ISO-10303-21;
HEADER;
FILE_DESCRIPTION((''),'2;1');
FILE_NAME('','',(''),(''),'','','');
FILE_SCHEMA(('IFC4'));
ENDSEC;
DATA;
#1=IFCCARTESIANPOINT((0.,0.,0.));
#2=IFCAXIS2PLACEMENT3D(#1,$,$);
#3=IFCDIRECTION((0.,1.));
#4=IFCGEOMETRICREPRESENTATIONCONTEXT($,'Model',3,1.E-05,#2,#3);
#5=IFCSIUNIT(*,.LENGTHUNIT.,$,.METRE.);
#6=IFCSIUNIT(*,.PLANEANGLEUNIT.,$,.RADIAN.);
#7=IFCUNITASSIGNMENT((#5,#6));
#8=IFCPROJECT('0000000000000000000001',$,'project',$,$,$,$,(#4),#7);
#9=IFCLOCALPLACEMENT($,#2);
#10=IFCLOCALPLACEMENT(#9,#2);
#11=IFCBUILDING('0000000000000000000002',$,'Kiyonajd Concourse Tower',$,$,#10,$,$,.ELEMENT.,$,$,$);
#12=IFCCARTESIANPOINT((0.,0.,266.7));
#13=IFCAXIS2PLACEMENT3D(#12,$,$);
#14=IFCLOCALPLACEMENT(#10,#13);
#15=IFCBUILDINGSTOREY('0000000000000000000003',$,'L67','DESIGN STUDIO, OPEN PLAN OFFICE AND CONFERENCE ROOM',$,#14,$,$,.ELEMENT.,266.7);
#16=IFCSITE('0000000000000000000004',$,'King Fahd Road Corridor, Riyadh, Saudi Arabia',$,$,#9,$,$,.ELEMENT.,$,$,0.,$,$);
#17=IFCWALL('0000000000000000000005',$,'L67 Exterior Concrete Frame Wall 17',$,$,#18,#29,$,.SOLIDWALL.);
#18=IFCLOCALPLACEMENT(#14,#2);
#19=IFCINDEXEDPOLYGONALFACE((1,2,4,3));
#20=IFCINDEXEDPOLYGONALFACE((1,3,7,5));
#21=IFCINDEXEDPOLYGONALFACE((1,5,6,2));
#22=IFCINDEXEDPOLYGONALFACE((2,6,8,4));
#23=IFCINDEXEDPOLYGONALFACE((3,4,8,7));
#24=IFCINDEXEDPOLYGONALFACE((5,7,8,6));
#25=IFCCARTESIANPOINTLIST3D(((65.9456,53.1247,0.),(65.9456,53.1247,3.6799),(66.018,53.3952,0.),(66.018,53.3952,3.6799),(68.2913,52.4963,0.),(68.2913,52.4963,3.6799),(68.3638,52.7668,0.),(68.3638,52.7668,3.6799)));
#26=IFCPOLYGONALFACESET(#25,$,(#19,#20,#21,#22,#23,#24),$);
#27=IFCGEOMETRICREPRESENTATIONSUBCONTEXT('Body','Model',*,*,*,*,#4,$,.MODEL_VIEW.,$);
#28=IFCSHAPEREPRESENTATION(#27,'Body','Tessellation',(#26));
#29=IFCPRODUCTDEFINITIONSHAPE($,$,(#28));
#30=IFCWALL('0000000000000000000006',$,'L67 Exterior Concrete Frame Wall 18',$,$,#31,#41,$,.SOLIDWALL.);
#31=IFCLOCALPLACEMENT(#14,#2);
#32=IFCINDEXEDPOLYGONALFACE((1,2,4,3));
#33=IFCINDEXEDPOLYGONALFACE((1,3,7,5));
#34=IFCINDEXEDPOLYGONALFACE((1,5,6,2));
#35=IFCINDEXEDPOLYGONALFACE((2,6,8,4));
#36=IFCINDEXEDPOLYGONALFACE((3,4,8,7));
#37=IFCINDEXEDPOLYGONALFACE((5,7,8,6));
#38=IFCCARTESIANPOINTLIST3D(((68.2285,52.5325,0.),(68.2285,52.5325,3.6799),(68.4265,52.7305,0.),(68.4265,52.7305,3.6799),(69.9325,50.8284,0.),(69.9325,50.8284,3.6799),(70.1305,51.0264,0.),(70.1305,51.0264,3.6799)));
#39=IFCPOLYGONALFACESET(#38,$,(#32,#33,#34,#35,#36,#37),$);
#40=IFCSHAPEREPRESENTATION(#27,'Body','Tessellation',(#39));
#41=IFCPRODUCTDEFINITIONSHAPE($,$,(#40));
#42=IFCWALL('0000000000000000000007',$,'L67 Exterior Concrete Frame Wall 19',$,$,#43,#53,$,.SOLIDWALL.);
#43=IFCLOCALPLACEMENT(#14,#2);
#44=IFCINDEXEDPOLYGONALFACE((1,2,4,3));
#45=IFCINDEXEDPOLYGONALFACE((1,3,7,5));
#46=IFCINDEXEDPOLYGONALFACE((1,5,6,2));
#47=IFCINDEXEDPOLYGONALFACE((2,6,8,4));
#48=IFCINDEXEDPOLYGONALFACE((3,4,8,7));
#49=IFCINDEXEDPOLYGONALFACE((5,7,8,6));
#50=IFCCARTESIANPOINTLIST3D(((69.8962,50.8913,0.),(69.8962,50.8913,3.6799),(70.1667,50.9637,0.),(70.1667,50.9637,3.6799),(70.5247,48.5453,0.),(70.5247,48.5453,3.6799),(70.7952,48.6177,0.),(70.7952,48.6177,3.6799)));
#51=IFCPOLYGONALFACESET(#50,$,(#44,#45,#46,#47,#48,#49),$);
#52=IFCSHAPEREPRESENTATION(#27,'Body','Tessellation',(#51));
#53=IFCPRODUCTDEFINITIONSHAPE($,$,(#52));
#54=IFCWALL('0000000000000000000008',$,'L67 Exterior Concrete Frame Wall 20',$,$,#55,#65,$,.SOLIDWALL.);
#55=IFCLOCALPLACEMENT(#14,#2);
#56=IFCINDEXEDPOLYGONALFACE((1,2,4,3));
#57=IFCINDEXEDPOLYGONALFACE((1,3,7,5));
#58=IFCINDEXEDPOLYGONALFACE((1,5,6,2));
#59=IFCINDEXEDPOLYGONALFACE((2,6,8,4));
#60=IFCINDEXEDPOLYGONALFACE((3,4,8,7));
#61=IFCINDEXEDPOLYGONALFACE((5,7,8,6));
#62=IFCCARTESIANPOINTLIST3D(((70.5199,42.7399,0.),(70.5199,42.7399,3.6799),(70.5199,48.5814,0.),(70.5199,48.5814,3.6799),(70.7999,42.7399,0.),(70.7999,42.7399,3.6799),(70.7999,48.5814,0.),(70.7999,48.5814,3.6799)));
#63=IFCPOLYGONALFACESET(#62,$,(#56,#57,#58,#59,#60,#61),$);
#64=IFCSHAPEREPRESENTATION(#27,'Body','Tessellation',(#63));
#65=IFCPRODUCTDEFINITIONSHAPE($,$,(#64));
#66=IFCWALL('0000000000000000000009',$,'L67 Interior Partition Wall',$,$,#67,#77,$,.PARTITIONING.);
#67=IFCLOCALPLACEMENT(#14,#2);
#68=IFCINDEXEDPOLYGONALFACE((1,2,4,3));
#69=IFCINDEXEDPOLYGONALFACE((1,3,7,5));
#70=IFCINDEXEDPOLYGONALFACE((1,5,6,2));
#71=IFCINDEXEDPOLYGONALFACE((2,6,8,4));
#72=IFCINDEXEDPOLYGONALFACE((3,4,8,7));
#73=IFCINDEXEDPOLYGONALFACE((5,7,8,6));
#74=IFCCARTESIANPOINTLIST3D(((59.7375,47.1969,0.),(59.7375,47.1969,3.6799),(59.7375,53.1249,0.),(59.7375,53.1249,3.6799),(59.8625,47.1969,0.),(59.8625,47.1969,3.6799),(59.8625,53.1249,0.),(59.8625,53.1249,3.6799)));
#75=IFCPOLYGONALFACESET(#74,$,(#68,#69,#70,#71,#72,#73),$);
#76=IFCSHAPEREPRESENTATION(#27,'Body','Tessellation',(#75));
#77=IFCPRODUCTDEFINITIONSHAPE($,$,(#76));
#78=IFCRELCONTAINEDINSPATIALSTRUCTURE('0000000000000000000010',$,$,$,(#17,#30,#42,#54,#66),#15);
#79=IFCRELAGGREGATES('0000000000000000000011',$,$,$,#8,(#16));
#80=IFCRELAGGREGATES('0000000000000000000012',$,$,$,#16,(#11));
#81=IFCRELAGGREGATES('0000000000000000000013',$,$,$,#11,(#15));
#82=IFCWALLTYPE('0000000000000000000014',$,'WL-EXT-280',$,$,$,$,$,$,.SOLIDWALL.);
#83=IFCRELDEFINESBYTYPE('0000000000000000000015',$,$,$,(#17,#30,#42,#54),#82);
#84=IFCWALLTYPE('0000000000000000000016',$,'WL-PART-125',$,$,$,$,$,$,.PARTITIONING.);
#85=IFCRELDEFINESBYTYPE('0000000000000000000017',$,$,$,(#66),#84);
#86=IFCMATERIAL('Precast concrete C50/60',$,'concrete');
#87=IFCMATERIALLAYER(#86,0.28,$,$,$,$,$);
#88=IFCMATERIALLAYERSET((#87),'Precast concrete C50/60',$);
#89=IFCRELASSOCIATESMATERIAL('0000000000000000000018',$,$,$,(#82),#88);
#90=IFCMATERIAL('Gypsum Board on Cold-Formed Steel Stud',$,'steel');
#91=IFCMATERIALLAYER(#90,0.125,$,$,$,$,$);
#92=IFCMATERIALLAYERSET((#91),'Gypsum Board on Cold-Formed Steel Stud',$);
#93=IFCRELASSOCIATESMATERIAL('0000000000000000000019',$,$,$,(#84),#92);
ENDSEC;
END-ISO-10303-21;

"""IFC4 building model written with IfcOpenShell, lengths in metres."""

from ifc_helpers import new_model, si_unit, direction, frame, frame_2d, origin, place, context, subcontext, project, spatial, rectangle, extrude, material, layer, layer_set, type_object, element, save


model = new_model("IFC4")

# Units and contexts
model_context = context("Model", 3, precision=1e-05, world=origin(), true_north=direction((0.0, 1.0)))
body_context = subcontext(model_context, "Body", "Model", "MODEL_VIEW")
ifc_project = project(units=[si_unit("LENGTHUNIT", "METRE"), si_unit("PLANEANGLEUNIT", "RADIAN")], contexts=[model_context])

# Site, building, storey
site_placement = place(None, origin())
site = spatial("IfcSite", under=ifc_project, at=site_placement, Name="King Fahd Road Corridor, Riyadh, Saudi Arabia", CompositionType="ELEMENT", RefElevation=0.0)
building_placement = place(site_placement, origin())
building = spatial("IfcBuilding", under=site, at=building_placement, Name="Kiyonajd Concourse Tower", CompositionType="ELEMENT")
storey_placement = place(building_placement, frame((0.0, 0.0, 266.7)))
storey = spatial("IfcBuildingStorey", under=building, at=storey_placement, Name="L67", Description="DESIGN STUDIO, OPEN PLAN OFFICE AND CONFERENCE ROOM", CompositionType="ELEMENT", Elevation=266.7)

# Walls
ifc_material_1 = material(Name="Precast concrete C50/60", Category="concrete")
ifc_layer_1 = layer(ifc_material_1, 0.28)
ifc_layer_set_1 = layer_set([ifc_layer_1], Name="Precast concrete C50/60")
wall_type_1 = type_object("IfcWallType", Name="WL-EXT-280", PredefinedType="SOLIDWALL", material=ifc_layer_set_1)
wall_1_placement = place(storey_placement, frame((65.9817, 53.26, 0.0), z_axis=(0.0, 0.0, 1.0), x_axis=(0.965937, -0.258776, 0.0)))
element("IfcWall", 1, at=wall_1_placement, inside=storey, type_object=wall_type_1, Name="L67 Exterior Concrete Frame Wall 17", PredefinedType="SOLIDWALL", context=body_context, shape_type="SweptSolid", body=[
    extrude(rectangle(XDim=2.4285, YDim=0.28, at=frame_2d((1.2144, 0.0))), origin(), (0.0, 0.0, 1.0), 3.6799),
])
wall_2_placement = place(storey_placement, frame((68.3274, 52.6316, 0.0), z_axis=(0.0, 0.0, 1.0), x_axis=(0.707107, -0.707107, 0.0)))
element("IfcWall", 2, at=wall_2_placement, inside=storey, type_object=wall_type_1, Name="L67 Exterior Concrete Frame Wall 18", PredefinedType="SOLIDWALL", context=body_context, shape_type="SweptSolid", body=[
    extrude(rectangle(XDim=2.4099, YDim=0.28, at=frame_2d((1.2051, 0.0))), origin(), (0.0, 0.0, 1.0), 3.6799),
])
wall_3_placement = place(storey_placement, frame((70.0315, 50.9275, 0.0), z_axis=(0.0, 0.0, 1.0), x_axis=(0.258751, -0.965944, 0.0)))
element("IfcWall", 3, at=wall_3_placement, inside=storey, type_object=wall_type_1, Name="L67 Exterior Concrete Frame Wall 19", PredefinedType="SOLIDWALL", context=body_context, shape_type="SweptSolid", body=[
    extrude(rectangle(XDim=2.4287, YDim=0.28, at=frame_2d((1.2144, 0.0))), origin(), (0.0, 0.0, 1.0), 3.6799),
])
wall_4_placement = place(storey_placement, frame((70.6599, 48.5815, 0.0), z_axis=(0.0, 0.0, 1.0), x_axis=(0.0, -1.0, 0.0)))
element("IfcWall", 4, at=wall_4_placement, inside=storey, type_object=wall_type_1, Name="L67 Exterior Concrete Frame Wall 20", PredefinedType="SOLIDWALL", context=body_context, shape_type="SweptSolid", body=[
    extrude(rectangle(XDim=5.8416, YDim=0.28, at=frame_2d((2.9209, 0.0))), origin(), (0.0, 0.0, 1.0), 3.6799),
])
ifc_material_2 = material(Name="Gypsum Board on Cold-Formed Steel Stud", Category="steel")
ifc_layer_2 = layer(ifc_material_2, 0.125)
ifc_layer_set_2 = layer_set([ifc_layer_2], Name="Gypsum Board on Cold-Formed Steel Stud")
wall_type_2 = type_object("IfcWallType", Name="WL-PART-125", PredefinedType="PARTITIONING", material=ifc_layer_set_2)
wall_5_placement = place(storey_placement, frame((59.8, 47.197, 0.0), z_axis=(0.0, 0.0, 1.0), x_axis=(0.0, 1.0, 0.0)))
element("IfcWall", 5, at=wall_5_placement, inside=storey, type_object=wall_type_2, Name="L67 Interior Partition Wall", PredefinedType="PARTITIONING", context=body_context, shape_type="SweptSolid", body=[
    extrude(rectangle(XDim=5.928, YDim=0.125, at=frame_2d((2.9639, 0.0))), origin(), (0.0, 0.0, 1.0), 3.6799),
])

save(model, "model.ifc")
